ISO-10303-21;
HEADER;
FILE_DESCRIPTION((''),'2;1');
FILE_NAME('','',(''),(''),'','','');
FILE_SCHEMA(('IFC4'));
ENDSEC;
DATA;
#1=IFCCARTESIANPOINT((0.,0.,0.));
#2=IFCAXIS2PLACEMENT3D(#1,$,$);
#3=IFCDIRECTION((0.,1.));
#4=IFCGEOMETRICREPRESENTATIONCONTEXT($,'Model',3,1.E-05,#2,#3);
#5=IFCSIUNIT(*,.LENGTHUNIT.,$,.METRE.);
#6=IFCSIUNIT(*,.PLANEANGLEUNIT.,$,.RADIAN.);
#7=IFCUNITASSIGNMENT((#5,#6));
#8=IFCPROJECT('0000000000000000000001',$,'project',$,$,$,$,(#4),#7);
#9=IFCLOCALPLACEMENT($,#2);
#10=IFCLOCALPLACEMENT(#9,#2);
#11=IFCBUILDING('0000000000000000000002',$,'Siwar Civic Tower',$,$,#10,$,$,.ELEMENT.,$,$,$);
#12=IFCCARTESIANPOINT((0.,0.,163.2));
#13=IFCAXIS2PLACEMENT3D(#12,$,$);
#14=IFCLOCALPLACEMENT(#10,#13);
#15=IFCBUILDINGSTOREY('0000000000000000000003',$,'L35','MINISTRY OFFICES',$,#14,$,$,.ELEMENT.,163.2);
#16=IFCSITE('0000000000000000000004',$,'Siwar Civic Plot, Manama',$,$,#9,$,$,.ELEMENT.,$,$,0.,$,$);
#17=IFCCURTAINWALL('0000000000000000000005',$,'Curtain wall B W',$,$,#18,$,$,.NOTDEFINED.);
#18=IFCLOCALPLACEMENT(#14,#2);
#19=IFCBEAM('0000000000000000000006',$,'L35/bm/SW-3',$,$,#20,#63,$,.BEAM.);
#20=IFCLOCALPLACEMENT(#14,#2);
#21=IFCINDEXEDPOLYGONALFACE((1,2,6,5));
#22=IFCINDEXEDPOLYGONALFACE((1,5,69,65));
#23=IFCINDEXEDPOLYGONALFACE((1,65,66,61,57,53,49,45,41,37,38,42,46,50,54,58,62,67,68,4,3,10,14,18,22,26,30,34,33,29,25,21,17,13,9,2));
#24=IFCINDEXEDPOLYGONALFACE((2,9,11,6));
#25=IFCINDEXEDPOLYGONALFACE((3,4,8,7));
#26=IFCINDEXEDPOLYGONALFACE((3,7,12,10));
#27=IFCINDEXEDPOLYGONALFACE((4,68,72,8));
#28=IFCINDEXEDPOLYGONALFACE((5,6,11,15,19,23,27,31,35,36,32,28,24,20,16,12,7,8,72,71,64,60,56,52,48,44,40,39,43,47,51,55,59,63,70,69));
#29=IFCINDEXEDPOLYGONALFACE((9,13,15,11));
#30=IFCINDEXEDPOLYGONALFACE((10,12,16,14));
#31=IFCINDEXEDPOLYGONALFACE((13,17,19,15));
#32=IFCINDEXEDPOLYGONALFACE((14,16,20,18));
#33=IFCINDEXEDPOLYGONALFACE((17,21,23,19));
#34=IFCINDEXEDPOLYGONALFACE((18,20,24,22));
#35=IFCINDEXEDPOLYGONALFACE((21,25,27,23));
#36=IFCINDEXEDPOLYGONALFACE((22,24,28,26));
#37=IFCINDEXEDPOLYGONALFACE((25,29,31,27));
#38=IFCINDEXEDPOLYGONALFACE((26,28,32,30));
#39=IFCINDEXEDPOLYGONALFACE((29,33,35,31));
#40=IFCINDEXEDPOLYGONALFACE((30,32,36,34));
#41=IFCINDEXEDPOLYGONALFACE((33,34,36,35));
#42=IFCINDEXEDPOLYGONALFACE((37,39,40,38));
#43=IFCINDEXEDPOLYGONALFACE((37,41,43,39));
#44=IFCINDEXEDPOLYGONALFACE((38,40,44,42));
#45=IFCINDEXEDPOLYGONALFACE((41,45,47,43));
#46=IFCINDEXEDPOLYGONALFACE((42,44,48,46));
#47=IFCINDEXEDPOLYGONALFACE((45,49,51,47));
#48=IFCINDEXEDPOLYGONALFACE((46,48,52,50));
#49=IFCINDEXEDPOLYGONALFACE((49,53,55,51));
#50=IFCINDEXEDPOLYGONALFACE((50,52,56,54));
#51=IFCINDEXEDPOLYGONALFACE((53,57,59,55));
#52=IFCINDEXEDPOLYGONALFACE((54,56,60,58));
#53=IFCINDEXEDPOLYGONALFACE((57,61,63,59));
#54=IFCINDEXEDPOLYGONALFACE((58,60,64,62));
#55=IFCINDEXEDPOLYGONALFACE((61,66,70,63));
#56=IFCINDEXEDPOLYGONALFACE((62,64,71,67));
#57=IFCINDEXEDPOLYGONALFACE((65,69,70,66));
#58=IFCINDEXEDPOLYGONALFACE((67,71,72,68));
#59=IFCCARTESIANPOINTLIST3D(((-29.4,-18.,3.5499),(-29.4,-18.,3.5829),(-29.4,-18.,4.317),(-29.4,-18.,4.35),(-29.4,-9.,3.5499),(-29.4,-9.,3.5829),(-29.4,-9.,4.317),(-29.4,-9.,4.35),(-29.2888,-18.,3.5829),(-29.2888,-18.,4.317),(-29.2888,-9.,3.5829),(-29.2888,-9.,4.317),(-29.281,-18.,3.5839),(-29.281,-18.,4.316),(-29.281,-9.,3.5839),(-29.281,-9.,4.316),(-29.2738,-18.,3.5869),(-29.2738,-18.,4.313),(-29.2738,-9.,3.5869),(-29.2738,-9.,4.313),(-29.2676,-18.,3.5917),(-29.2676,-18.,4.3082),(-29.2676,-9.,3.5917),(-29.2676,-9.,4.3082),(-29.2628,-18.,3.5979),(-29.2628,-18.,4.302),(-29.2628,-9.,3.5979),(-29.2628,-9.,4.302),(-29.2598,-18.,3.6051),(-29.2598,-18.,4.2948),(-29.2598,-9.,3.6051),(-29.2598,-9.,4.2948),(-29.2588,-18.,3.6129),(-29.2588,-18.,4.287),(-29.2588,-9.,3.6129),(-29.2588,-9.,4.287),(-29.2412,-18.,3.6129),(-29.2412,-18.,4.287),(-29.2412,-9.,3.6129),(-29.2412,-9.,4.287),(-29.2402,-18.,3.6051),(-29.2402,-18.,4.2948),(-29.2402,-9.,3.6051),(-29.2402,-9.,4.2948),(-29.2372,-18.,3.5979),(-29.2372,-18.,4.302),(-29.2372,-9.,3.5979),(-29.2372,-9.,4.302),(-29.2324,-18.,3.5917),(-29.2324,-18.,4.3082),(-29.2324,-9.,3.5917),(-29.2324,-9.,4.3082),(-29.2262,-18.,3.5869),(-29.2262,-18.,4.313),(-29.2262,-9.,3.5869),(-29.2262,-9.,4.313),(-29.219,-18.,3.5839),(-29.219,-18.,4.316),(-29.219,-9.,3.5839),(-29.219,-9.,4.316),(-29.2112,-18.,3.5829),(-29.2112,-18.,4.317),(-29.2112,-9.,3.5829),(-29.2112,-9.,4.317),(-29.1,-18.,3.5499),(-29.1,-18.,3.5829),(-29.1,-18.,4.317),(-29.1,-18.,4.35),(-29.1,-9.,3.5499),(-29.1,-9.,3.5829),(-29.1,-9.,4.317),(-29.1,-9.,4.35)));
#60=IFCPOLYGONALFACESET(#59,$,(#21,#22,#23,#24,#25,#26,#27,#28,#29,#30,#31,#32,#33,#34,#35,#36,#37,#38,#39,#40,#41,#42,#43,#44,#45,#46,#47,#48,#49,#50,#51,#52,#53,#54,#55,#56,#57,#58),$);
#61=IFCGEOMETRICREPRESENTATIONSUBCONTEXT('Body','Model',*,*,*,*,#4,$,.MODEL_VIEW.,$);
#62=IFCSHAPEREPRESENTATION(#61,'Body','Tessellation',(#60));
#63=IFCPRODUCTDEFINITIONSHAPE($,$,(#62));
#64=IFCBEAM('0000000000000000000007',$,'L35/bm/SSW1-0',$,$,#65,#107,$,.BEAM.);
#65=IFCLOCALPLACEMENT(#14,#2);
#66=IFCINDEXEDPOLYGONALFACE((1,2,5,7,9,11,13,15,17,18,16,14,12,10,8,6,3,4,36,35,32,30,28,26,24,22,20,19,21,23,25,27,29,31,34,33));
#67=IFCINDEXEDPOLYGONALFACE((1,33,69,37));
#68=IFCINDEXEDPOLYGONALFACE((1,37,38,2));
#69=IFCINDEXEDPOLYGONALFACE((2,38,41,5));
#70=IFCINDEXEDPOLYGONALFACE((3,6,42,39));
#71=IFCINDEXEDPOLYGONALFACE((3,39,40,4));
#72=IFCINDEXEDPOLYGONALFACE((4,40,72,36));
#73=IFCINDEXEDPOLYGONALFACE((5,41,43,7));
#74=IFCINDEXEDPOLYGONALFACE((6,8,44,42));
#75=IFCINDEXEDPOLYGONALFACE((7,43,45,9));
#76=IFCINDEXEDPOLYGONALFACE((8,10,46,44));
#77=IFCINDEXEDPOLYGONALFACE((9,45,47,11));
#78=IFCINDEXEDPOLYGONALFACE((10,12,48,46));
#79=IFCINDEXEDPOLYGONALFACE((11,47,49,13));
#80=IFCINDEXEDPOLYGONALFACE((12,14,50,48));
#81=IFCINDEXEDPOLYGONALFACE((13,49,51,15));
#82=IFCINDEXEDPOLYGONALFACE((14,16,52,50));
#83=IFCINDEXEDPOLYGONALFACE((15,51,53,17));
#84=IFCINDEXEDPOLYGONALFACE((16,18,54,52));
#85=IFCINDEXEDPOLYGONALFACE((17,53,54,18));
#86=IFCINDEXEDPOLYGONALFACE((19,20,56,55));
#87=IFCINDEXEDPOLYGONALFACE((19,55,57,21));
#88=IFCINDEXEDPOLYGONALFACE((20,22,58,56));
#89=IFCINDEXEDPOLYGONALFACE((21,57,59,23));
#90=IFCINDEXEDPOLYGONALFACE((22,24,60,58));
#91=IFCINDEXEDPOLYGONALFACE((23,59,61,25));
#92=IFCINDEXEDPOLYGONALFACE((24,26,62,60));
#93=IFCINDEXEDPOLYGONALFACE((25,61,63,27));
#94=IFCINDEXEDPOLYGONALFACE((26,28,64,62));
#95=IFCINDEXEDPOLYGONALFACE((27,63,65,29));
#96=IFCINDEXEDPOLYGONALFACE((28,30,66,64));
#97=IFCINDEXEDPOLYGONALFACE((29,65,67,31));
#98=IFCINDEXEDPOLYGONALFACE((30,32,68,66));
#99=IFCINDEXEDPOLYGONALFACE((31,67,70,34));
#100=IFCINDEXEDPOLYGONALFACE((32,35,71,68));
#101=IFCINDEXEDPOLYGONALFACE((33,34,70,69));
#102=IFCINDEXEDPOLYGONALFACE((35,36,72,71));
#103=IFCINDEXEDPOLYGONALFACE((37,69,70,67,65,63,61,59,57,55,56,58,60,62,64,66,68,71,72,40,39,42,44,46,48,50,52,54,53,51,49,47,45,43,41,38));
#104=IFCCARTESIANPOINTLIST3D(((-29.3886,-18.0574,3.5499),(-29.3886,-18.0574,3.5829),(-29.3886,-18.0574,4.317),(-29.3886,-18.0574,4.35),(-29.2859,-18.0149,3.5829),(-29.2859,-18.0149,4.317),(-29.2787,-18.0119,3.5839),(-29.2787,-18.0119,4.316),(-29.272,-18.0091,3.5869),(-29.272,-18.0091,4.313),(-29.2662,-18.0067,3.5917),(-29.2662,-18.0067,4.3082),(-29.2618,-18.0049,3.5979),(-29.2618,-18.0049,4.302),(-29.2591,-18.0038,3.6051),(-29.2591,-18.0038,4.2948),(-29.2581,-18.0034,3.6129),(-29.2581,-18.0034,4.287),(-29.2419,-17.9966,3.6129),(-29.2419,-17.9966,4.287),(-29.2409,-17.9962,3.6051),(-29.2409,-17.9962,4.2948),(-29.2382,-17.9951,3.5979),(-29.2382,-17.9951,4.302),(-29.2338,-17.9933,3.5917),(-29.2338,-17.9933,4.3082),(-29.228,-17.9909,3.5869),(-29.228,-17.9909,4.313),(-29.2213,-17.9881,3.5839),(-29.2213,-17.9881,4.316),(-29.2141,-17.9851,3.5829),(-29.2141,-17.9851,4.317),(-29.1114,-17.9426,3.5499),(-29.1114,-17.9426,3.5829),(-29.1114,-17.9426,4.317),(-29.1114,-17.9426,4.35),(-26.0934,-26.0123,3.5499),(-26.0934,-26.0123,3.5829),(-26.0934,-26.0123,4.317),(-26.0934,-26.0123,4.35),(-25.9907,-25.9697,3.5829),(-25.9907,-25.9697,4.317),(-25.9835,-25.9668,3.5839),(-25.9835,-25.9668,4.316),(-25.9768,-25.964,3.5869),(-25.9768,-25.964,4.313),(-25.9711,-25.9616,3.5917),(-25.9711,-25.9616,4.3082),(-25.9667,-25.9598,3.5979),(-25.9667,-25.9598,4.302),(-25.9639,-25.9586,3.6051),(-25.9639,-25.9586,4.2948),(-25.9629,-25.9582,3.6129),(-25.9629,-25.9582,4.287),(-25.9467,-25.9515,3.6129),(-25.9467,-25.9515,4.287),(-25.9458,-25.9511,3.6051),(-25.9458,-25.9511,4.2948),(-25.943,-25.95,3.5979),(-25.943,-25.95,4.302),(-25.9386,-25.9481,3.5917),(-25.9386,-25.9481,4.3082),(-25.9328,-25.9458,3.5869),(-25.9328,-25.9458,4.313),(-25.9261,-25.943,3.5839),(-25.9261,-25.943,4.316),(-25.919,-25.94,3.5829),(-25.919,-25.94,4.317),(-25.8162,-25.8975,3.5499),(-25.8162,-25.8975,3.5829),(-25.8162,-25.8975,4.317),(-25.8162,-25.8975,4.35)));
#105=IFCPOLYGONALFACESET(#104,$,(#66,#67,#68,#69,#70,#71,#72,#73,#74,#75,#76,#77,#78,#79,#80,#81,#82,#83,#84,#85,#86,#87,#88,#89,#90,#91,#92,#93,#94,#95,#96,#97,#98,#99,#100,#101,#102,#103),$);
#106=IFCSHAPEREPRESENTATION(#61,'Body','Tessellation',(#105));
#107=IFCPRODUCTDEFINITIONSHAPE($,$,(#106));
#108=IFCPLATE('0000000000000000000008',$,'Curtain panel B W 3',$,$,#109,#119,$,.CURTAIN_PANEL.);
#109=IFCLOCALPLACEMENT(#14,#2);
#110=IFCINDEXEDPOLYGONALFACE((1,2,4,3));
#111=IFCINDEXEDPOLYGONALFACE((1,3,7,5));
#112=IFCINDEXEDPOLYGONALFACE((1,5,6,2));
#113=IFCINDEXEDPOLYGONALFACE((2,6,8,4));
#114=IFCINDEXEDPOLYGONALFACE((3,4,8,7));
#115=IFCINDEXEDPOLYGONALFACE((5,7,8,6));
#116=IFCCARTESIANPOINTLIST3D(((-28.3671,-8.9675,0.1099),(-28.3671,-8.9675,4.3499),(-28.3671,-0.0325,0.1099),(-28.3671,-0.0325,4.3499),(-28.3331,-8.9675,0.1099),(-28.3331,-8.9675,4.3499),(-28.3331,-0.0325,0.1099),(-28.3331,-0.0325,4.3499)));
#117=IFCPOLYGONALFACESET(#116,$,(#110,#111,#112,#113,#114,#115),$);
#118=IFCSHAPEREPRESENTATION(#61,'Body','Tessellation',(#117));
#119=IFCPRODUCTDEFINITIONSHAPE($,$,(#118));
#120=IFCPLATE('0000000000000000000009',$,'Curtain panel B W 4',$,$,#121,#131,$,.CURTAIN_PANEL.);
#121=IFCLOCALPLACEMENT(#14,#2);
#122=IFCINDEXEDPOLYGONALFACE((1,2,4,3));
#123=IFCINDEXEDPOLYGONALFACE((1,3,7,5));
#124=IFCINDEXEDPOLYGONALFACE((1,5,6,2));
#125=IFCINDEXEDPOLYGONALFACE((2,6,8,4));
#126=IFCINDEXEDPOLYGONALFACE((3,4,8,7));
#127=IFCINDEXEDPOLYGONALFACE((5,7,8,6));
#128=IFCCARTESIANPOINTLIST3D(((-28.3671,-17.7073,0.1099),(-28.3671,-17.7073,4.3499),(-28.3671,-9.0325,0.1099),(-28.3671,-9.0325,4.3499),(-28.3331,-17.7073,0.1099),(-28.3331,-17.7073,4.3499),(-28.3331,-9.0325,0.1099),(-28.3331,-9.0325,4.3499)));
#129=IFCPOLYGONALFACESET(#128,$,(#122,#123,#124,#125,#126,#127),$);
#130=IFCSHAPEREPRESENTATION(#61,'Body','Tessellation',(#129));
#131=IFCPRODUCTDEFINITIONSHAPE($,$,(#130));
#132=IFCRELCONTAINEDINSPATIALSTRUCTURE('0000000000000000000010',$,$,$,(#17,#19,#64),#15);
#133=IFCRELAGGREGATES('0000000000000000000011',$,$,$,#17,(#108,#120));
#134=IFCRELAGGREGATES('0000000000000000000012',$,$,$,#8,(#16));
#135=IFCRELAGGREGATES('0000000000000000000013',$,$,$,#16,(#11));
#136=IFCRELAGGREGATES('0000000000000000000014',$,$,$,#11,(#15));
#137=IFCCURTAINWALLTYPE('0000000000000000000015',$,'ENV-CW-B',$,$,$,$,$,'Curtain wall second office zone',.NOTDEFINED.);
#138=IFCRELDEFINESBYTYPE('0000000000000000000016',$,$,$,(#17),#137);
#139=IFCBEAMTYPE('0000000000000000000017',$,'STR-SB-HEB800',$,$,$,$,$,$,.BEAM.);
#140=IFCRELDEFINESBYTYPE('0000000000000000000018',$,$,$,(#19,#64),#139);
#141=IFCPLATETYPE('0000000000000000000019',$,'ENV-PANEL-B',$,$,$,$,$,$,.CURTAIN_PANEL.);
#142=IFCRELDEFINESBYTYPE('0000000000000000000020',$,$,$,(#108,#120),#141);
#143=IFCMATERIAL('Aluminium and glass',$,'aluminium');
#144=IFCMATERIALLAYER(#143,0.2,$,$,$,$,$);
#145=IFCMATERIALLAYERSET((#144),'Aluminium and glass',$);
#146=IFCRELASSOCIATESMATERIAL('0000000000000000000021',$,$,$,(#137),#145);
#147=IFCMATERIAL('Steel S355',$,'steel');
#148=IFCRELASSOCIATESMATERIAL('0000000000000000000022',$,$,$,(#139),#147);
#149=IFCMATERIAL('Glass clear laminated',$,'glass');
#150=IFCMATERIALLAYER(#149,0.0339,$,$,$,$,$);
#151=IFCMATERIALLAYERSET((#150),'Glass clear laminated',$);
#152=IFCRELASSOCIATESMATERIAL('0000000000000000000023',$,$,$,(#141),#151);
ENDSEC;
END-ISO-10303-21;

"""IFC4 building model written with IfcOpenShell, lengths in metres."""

from ifc_helpers import new_model, si_unit, direction, frame, origin, origin_2d, place, context, subcontext, project, spatial, rectangle, i_section, extrude, material, layer, layer_set, material_profile, profile_set, type_object, element, aggregate, save


model = new_model("IFC4")

# Units and contexts
model_context = context("Model", 3, precision=1e-05, world=origin(), true_north=direction((0.0, 1.0)))
body_context = subcontext(model_context, "Body", "Model", "MODEL_VIEW")
ifc_project = project(units=[si_unit("LENGTHUNIT", "METRE"), si_unit("PLANEANGLEUNIT", "RADIAN")], contexts=[model_context])

# Site, building, storey
site_placement = place(None, origin())
site = spatial("IfcSite", under=ifc_project, at=site_placement, Name="Siwar Civic Plot, Manama", CompositionType="ELEMENT", RefElevation=0.0)
building_placement = place(site_placement, origin())
building = spatial("IfcBuilding", under=site, at=building_placement, Name="Siwar Civic Tower", CompositionType="ELEMENT")
storey_placement = place(building_placement, frame((0.0, 0.0, 163.2)))
storey = spatial("IfcBuildingStorey", under=building, at=storey_placement, Name="L35", Description="MINISTRY OFFICES", CompositionType="ELEMENT", Elevation=163.2)

# Curtain wall
ifc_material_1 = material(Name="Aluminium and glass", Category="aluminium")
ifc_layer_1 = layer(ifc_material_1, 0.2)
ifc_layer_set_1 = layer_set([ifc_layer_1], Name="Aluminium and glass")
curtain_wall_type_1 = type_object("IfcCurtainWallType", Name="ENV-CW-B", ElementType="Curtain wall second office zone", PredefinedType="NOTDEFINED", material=ifc_layer_set_1)
curtain_wall_1_placement = place(storey_placement, origin())
curtain_wall_1 = element("IfcCurtainWall", 1, at=curtain_wall_1_placement, inside=storey, type_object=curtain_wall_type_1, Name="Curtain wall B W", PredefinedType="NOTDEFINED")

# Beams
ifc_material_2 = material(Name="Steel S355", Category="steel")
ifc_material_profile_1 = material_profile(ifc_material_2, i_section(OverallWidth=0.3, OverallDepth=0.8, WebThickness=0.0176, FlangeThickness=0.033, FilletRadius=0.03, at=origin_2d()), Name="HEB800")
ifc_profile_set_1 = profile_set([ifc_material_profile_1], Name="Steel S355")
beam_type_1 = type_object("IfcBeamType", Name="STR-SB-HEB800", PredefinedType="BEAM", material=ifc_profile_set_1)
for number, where, z_axis, x_axis, name in (
    (2, (-29.25, -9.0, 3.95), (0.0, -1.0, 0.0), (1.0, 0.0, 0.0), "L35/bm/SW-3"),
):
    element("IfcBeam", number, at=place(storey_placement, frame(where, z_axis=z_axis, x_axis=x_axis)), inside=storey, type_object=beam_type_1, Name=name, PredefinedType="BEAM", context=body_context, shape_type="SweptSolid", body=[
        extrude(i_section(OverallWidth=0.3, OverallDepth=0.8, WebThickness=0.0176, FlangeThickness=0.033, FilletRadius=0.03, at=origin_2d()), origin(), (0.0, 0.0, 1.0), 9.0),
    ])
beam_1_placement = place(storey_placement, frame((-29.25, -18.0, 3.95), z_axis=(0.3827, -0.923873, 0.0), x_axis=(0.923873, 0.3827, 0.0)))
element("IfcBeam", 3, at=beam_1_placement, inside=storey, type_object=beam_type_1, Name="L35/bm/SSW1-0", PredefinedType="BEAM", context=body_context, shape_type="SweptSolid", body=[
    extrude(i_section(OverallWidth=0.3, OverallDepth=0.8, WebThickness=0.0176, FlangeThickness=0.033, FilletRadius=0.03, at=origin_2d()), origin(), (0.0, 0.0, 1.0), 8.6104),
])

# Plates
ifc_material_3 = material(Name="Glass clear laminated", Category="glass")
ifc_layer_2 = layer(ifc_material_3, 0.0339)
ifc_layer_set_2 = layer_set([ifc_layer_2], Name="Glass clear laminated")
plate_type = type_object("IfcPlateType", Name="ENV-PANEL-B", PredefinedType="CURTAIN_PANEL", material=ifc_layer_set_2)
plate_1_placement = place(storey_placement, frame((-28.3501, -4.5, 0.1099), z_axis=(0.0, 0.0, 1.0), x_axis=(0.0, -1.0, 0.0)))
plate_1 = element("IfcPlate", 4, at=plate_1_placement, type_object=plate_type, Name="Curtain panel B W 3", PredefinedType="CURTAIN_PANEL", context=body_context, shape_type="SweptSolid", body=[
    extrude(rectangle(XDim=8.9351, YDim=0.0339, at=origin_2d()), origin(), (0.0, 0.0, 1.0), 4.24),
])
plate_2_placement = place(storey_placement, frame((-28.3501, -13.3699, 0.1099), z_axis=(0.0, 0.0, 1.0), x_axis=(0.0, -1.0, 0.0)))
plate_2 = element("IfcPlate", 5, at=plate_2_placement, type_object=plate_type, Name="Curtain panel B W 4", PredefinedType="CURTAIN_PANEL", context=body_context, shape_type="SweptSolid", body=[
    extrude(rectangle(XDim=8.6748, YDim=0.0339, at=origin_2d()), origin(), (0.0, 0.0, 1.0), 4.24),
])
aggregate(curtain_wall_1, [plate_1, plate_2])

save(model, "model.ifc")
